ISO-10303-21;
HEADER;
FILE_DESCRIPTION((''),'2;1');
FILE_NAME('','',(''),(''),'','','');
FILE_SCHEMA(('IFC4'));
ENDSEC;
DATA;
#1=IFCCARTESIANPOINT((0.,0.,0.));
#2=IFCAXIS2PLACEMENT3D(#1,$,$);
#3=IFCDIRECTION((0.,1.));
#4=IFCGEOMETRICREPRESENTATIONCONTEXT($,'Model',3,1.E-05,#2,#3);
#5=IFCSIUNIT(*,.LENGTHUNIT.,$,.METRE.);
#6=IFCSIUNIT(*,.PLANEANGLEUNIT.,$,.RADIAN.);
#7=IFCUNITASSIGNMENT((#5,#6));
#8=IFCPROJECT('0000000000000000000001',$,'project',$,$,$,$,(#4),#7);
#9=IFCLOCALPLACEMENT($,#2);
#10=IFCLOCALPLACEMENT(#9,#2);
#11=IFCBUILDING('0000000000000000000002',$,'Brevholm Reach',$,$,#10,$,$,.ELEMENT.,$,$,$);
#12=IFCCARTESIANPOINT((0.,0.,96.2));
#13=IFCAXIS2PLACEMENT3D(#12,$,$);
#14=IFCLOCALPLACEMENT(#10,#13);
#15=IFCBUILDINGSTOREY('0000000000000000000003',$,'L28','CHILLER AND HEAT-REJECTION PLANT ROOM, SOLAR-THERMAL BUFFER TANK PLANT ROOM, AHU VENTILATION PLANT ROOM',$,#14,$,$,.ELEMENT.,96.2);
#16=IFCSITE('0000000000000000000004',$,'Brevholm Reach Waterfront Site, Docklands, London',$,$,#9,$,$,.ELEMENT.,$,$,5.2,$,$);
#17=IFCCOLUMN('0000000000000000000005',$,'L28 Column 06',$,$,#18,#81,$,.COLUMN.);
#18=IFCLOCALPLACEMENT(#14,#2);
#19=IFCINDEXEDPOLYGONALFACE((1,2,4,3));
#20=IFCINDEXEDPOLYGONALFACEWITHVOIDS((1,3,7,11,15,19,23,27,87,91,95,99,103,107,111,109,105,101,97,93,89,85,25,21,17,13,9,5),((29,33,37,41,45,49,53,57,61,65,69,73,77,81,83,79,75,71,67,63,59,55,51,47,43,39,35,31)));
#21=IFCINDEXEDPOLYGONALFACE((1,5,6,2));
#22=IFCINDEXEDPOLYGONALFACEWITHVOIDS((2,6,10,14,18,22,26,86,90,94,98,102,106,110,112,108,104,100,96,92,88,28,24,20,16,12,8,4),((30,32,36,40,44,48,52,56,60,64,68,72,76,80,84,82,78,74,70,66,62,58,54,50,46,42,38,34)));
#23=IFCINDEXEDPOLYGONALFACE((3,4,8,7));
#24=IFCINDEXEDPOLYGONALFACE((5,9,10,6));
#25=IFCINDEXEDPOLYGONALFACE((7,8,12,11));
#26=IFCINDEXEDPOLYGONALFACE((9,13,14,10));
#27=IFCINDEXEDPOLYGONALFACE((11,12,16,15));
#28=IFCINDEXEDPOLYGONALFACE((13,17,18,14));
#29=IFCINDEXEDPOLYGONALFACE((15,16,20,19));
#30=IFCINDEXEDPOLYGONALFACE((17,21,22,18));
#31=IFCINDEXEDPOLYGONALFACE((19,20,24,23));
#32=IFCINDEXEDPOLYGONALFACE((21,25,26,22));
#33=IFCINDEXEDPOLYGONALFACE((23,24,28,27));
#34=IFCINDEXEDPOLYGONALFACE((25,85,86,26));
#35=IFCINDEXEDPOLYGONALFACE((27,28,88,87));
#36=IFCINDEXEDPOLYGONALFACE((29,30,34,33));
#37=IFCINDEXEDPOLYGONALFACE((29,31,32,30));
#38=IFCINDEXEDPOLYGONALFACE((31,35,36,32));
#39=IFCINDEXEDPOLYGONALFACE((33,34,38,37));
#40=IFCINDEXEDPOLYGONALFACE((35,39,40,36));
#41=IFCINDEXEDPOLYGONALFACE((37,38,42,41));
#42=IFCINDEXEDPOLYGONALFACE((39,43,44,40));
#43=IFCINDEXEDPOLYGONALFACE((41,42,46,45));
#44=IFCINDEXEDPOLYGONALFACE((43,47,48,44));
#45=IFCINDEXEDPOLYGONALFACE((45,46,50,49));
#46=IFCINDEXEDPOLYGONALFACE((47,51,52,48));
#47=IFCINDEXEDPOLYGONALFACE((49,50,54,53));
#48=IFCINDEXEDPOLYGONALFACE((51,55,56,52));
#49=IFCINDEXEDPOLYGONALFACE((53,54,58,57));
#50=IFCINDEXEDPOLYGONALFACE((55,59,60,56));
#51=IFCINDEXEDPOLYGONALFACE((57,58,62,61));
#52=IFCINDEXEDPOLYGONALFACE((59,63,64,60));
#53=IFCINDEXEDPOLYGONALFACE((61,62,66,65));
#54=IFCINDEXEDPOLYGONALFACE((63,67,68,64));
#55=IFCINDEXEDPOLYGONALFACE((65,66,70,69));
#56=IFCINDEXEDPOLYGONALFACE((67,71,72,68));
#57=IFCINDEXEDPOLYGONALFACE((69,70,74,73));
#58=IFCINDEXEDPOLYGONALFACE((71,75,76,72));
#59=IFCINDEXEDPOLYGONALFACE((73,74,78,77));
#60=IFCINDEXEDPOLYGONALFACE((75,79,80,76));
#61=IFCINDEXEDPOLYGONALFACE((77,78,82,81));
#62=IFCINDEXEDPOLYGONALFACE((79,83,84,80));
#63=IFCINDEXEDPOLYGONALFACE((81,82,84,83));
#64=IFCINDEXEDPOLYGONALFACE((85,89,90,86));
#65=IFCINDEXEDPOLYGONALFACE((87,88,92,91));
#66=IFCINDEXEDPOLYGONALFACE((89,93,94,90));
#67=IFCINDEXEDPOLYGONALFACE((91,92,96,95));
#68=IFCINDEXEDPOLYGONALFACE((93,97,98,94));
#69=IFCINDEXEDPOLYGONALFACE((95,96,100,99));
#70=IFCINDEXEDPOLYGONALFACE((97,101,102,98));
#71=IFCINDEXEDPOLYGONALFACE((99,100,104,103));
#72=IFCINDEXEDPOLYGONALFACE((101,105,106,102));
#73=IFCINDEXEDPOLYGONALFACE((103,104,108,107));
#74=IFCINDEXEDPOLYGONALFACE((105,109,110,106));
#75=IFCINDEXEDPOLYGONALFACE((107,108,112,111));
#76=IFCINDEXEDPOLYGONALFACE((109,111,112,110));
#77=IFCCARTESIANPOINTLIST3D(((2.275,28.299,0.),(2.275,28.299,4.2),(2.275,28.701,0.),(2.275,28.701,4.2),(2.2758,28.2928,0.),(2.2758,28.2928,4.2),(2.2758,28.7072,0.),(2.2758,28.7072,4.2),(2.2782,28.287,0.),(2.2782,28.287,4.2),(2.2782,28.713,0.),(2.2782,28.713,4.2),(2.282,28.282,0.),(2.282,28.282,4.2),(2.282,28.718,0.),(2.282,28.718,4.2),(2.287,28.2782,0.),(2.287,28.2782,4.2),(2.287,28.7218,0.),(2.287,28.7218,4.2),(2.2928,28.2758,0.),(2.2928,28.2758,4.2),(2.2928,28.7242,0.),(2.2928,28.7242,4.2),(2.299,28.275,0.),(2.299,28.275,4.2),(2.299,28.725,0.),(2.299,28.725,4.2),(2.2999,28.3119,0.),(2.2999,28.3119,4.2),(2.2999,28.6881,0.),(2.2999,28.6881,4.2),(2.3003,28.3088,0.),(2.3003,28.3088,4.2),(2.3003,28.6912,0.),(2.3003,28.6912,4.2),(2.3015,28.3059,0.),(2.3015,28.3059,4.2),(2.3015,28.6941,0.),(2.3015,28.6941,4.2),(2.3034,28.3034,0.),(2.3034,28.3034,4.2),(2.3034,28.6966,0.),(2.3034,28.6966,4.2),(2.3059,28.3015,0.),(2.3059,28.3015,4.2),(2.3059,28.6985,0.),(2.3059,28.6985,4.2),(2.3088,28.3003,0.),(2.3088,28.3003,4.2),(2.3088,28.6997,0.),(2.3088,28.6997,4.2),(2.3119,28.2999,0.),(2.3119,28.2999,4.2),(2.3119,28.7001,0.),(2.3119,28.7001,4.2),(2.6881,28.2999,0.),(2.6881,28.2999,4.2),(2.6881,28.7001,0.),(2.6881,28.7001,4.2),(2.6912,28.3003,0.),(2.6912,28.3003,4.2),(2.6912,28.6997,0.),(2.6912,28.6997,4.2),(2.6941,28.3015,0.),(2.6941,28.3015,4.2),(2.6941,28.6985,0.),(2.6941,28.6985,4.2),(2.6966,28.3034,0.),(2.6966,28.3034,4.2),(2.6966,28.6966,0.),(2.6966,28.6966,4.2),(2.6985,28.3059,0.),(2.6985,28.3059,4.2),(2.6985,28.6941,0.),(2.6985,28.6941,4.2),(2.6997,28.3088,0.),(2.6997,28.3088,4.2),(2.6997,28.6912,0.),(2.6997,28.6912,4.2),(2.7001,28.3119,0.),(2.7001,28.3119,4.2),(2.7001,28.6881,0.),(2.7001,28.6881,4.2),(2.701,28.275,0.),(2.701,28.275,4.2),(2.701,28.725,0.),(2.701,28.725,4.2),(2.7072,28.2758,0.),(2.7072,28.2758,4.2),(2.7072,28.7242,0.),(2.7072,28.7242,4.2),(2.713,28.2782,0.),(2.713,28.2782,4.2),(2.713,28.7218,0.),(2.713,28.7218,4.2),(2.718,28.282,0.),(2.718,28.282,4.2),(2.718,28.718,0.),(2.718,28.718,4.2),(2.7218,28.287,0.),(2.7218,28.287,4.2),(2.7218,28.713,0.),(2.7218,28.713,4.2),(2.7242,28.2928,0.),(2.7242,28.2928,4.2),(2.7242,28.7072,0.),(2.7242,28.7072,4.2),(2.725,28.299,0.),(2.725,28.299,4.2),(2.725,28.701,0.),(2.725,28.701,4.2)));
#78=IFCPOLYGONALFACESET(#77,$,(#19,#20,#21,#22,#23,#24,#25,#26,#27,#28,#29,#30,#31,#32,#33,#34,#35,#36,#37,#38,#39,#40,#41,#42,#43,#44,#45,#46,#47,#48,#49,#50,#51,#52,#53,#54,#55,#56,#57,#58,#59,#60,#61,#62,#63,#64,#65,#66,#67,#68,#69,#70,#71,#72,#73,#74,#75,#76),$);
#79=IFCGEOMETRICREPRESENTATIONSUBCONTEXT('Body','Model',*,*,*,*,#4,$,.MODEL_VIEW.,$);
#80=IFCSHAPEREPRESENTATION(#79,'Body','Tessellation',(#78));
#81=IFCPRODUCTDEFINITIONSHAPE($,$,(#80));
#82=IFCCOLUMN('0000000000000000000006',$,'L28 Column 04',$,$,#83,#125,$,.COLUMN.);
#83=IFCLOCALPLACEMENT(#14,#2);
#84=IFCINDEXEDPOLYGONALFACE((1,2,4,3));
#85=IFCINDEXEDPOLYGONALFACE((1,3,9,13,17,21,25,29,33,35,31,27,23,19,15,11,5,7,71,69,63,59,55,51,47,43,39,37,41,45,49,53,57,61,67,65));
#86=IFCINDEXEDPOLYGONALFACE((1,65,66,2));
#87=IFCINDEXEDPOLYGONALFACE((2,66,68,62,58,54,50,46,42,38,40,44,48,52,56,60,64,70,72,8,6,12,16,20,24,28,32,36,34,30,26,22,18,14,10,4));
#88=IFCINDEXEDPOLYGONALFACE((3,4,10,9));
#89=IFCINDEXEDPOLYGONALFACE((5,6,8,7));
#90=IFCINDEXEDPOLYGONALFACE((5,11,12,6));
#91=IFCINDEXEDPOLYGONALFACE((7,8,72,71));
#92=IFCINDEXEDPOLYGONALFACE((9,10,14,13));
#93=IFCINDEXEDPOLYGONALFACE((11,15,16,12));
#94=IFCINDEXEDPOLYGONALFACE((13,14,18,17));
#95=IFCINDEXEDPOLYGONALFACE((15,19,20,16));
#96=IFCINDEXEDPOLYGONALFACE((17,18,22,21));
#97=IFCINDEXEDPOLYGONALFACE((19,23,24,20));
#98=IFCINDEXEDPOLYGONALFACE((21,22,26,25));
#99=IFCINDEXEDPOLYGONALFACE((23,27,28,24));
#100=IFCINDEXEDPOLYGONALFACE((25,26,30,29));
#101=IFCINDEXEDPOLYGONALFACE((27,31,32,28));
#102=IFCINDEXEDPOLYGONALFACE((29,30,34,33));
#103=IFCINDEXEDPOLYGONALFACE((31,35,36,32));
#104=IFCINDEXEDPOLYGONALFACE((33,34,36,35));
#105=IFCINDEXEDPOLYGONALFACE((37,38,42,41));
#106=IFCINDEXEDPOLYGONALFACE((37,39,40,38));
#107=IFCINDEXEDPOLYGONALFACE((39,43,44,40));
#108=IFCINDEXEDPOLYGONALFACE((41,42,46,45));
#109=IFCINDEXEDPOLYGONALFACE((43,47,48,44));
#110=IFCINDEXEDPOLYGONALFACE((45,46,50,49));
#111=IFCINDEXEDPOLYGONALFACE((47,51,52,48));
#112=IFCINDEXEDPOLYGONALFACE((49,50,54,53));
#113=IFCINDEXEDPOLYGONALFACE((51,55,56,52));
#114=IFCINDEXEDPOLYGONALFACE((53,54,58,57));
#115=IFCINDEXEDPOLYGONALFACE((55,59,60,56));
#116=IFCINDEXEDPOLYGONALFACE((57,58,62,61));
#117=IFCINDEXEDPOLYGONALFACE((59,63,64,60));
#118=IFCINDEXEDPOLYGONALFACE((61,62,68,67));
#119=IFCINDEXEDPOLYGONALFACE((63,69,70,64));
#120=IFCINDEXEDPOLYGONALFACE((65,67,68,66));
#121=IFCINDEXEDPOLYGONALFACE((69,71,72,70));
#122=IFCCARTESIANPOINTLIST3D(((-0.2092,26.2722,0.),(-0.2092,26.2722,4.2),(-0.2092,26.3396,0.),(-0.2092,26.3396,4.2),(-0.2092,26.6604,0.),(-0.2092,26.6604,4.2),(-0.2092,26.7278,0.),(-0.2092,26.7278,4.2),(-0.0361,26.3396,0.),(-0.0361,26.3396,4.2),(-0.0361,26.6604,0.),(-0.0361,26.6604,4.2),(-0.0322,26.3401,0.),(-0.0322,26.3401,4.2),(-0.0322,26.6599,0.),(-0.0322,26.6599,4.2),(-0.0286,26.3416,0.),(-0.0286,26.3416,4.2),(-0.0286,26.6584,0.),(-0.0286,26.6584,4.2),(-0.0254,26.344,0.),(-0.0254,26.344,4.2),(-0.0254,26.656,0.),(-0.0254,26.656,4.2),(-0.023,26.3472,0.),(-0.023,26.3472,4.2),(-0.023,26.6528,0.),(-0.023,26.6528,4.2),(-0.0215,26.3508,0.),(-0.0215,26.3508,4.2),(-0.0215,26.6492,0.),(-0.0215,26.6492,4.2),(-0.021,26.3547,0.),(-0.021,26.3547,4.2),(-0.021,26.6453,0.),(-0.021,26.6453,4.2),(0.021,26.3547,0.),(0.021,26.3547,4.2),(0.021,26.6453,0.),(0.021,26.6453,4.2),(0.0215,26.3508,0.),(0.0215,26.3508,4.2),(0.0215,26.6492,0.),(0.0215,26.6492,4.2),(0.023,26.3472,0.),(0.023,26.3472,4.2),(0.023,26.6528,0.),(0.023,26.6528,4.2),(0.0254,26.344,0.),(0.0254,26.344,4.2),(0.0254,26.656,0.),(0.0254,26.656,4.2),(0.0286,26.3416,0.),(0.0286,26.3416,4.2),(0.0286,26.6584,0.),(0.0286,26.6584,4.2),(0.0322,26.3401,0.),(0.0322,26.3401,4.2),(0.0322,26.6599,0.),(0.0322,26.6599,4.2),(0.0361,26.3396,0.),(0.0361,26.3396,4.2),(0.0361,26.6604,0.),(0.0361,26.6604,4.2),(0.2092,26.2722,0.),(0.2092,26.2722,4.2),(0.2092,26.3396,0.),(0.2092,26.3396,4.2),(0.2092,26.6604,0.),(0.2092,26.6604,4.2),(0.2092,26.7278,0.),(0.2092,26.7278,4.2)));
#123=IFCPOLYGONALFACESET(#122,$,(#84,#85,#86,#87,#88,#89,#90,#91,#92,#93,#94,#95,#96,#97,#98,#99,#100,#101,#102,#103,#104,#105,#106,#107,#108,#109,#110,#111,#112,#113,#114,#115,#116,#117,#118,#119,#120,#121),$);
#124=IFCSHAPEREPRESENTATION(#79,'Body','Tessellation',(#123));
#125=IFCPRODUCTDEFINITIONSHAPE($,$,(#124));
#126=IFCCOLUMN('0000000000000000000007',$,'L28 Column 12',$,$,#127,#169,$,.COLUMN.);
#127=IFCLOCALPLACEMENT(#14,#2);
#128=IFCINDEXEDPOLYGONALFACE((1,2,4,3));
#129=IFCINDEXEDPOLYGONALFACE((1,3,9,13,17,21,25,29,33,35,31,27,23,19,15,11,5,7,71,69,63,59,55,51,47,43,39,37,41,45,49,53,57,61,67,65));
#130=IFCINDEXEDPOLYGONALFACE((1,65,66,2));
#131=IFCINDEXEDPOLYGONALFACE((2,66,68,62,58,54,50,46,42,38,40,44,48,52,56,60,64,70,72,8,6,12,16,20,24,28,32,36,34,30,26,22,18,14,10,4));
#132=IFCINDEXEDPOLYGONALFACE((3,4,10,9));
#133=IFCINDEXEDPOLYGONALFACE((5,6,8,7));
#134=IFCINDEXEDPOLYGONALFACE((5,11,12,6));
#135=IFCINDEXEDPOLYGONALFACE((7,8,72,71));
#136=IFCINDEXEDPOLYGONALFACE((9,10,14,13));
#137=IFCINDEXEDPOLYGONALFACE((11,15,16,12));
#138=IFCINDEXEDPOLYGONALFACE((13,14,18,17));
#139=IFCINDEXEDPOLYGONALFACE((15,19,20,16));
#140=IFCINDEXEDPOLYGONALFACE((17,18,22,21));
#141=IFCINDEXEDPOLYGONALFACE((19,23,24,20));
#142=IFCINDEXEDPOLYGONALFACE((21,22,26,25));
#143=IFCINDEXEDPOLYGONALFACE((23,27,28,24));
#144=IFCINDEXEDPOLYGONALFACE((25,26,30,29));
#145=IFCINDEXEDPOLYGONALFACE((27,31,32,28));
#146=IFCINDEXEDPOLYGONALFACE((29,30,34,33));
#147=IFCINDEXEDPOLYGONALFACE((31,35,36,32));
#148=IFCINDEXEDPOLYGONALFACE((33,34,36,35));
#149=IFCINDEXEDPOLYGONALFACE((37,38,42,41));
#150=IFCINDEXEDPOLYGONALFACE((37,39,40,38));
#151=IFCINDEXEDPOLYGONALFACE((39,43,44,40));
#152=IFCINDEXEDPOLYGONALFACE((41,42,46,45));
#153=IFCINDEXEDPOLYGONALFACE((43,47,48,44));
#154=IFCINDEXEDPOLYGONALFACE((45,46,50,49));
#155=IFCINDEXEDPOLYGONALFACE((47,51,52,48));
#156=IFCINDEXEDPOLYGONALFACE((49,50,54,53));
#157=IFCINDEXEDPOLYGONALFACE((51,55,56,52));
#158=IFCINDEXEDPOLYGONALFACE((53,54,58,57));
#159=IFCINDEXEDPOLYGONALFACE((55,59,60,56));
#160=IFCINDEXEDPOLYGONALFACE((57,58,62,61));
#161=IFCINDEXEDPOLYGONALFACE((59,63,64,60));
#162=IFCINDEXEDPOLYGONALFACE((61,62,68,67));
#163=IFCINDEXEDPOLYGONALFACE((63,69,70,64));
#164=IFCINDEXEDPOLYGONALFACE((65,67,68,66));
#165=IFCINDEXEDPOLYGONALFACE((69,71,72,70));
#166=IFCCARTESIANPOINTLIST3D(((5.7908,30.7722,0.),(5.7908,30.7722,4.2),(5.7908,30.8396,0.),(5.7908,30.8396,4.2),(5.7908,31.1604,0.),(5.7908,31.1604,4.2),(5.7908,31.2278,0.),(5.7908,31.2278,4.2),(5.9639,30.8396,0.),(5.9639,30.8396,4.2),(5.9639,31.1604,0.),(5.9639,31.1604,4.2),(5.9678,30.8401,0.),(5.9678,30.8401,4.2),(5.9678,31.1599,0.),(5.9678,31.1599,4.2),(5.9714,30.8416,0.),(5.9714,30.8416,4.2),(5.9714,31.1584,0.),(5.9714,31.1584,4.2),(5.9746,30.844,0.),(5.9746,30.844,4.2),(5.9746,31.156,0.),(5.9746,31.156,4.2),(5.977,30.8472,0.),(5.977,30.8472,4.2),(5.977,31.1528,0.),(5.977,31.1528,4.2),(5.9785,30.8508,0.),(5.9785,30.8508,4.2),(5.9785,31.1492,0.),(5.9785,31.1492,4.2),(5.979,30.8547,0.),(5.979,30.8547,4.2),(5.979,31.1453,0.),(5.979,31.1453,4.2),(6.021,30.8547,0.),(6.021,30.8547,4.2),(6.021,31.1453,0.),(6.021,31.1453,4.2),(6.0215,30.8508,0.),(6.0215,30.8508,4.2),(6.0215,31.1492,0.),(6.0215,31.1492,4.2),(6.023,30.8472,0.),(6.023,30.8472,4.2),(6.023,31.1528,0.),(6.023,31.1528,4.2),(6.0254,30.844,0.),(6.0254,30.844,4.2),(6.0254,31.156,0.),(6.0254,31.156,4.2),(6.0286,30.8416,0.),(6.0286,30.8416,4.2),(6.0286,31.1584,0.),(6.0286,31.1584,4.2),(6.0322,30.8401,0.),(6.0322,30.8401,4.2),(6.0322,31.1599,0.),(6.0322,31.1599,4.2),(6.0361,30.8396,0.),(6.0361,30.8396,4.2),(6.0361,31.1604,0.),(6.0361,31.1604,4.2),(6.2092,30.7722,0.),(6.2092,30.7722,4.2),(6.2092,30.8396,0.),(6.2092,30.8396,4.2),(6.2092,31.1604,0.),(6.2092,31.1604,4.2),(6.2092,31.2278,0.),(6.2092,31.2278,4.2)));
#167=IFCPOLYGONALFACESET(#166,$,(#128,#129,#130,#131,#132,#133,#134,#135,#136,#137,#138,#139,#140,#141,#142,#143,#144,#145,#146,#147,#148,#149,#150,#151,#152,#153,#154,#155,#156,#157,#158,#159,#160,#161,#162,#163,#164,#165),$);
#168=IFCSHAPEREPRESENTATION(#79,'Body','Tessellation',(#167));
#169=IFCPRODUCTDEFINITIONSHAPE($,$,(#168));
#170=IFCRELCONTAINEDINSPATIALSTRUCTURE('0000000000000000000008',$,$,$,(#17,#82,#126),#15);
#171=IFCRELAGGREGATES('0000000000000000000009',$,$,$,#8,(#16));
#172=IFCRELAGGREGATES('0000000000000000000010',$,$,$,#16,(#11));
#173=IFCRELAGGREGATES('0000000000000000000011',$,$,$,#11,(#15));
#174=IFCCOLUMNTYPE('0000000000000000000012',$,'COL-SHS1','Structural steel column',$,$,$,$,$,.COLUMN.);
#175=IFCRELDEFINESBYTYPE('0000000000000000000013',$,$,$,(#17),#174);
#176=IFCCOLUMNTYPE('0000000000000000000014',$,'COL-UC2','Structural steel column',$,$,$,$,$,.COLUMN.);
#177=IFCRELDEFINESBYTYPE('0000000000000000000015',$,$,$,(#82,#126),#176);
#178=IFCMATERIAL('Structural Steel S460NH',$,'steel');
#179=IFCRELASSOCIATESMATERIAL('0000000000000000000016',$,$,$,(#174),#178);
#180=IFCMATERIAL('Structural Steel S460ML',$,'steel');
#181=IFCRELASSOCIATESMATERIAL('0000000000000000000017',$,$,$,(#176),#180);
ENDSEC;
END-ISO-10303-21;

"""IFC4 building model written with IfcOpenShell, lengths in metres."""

from ifc_helpers import new_model, si_unit, direction, frame, origin, origin_2d, place, context, subcontext, project, spatial, hollow_rectangle, i_section, extrude, material, material_profile, profile_set, type_object, element, save


model = new_model("IFC4")

# Units and contexts
model_context = context("Model", 3, precision=1e-05, world=origin(), true_north=direction((0.0, 1.0)))
body_context = subcontext(model_context, "Body", "Model", "MODEL_VIEW")
ifc_project = project(units=[si_unit("LENGTHUNIT", "METRE"), si_unit("PLANEANGLEUNIT", "RADIAN")], contexts=[model_context])

# Site, building, storey
site_placement = place(None, origin())
site = spatial("IfcSite", under=ifc_project, at=site_placement, Name="Brevholm Reach Waterfront Site, Docklands, London", CompositionType="ELEMENT", RefElevation=5.2)
building_placement = place(site_placement, origin())
building = spatial("IfcBuilding", under=site, at=building_placement, Name="Brevholm Reach", CompositionType="ELEMENT")
storey_placement = place(building_placement, frame((0.0, 0.0, 96.2)))
storey = spatial("IfcBuildingStorey", under=building, at=storey_placement, Name="L28", Description="CHILLER AND HEAT-REJECTION PLANT ROOM, SOLAR-THERMAL BUFFER TANK PLANT ROOM, AHU VENTILATION PLANT ROOM", CompositionType="ELEMENT", Elevation=96.2)

# Columns
ifc_material_1 = material(Name="Structural Steel S460NH", Category="steel")
ifc_material_profile_1 = material_profile(ifc_material_1, hollow_rectangle(XDim=0.45, YDim=0.45, WallThickness=0.0249, InnerFilletRadius=0.012, OuterFilletRadius=0.0239, at=origin_2d()), Name="SHS 450x450x25")
ifc_profile_set_1 = profile_set([ifc_material_profile_1], Name="Structural Steel S460NH")
column_type_1 = type_object("IfcColumnType", Name="COL-SHS1", Description="Structural steel column", PredefinedType="COLUMN", material=ifc_profile_set_1)
column_1_placement = place(storey_placement, frame((2.5, 28.5, 0.0), z_axis=(0.0, 0.0, 1.0), x_axis=(1.0, 0.0, 0.0)))
element("IfcColumn", 1, at=column_1_placement, inside=storey, type_object=column_type_1, Name="L28 Column 06", PredefinedType="COLUMN", context=body_context, shape_type="SweptSolid", body=[
    extrude(hollow_rectangle(XDim=0.45, YDim=0.45, WallThickness=0.0249, InnerFilletRadius=0.012, OuterFilletRadius=0.0239, at=origin_2d()), origin(), (0.0, 0.0, 1.0), 4.2),
])
ifc_material_2 = material(Name="Structural Steel S460ML", Category="steel")
ifc_material_profile_2 = material_profile(ifc_material_2, i_section(OverallWidth=0.4185, OverallDepth=0.4556, WebThickness=0.042, FlangeThickness=0.0674, FilletRadius=0.0151, at=origin_2d()), Name="UKC 356x406x551")
ifc_profile_set_2 = profile_set([ifc_material_profile_2], Name="Structural Steel S460ML")
column_type_2 = type_object("IfcColumnType", Name="COL-UC2", Description="Structural steel column", PredefinedType="COLUMN", material=ifc_profile_set_2)
for number, where, z_axis, x_axis, name in (
    (2, (0.0, 26.5, 0.0), (0.0, 0.0, 1.0), (1.0, 0.0, 0.0), "L28 Column 04"),
    (3, (6.0, 31.0, 0.0), (0.0, 0.0, 1.0), (1.0, 0.0, 0.0), "L28 Column 12"),
):
    element("IfcColumn", number, at=place(storey_placement, frame(where, z_axis=z_axis, x_axis=x_axis)), inside=storey, type_object=column_type_2, Name=name, PredefinedType="COLUMN", context=body_context, shape_type="SweptSolid", body=[
        extrude(i_section(OverallWidth=0.4185, OverallDepth=0.4556, WebThickness=0.042, FlangeThickness=0.0674, FilletRadius=0.0151, at=origin_2d()), origin(), (0.0, 0.0, 1.0), 4.2),
    ])

save(model, "model.ifc")
